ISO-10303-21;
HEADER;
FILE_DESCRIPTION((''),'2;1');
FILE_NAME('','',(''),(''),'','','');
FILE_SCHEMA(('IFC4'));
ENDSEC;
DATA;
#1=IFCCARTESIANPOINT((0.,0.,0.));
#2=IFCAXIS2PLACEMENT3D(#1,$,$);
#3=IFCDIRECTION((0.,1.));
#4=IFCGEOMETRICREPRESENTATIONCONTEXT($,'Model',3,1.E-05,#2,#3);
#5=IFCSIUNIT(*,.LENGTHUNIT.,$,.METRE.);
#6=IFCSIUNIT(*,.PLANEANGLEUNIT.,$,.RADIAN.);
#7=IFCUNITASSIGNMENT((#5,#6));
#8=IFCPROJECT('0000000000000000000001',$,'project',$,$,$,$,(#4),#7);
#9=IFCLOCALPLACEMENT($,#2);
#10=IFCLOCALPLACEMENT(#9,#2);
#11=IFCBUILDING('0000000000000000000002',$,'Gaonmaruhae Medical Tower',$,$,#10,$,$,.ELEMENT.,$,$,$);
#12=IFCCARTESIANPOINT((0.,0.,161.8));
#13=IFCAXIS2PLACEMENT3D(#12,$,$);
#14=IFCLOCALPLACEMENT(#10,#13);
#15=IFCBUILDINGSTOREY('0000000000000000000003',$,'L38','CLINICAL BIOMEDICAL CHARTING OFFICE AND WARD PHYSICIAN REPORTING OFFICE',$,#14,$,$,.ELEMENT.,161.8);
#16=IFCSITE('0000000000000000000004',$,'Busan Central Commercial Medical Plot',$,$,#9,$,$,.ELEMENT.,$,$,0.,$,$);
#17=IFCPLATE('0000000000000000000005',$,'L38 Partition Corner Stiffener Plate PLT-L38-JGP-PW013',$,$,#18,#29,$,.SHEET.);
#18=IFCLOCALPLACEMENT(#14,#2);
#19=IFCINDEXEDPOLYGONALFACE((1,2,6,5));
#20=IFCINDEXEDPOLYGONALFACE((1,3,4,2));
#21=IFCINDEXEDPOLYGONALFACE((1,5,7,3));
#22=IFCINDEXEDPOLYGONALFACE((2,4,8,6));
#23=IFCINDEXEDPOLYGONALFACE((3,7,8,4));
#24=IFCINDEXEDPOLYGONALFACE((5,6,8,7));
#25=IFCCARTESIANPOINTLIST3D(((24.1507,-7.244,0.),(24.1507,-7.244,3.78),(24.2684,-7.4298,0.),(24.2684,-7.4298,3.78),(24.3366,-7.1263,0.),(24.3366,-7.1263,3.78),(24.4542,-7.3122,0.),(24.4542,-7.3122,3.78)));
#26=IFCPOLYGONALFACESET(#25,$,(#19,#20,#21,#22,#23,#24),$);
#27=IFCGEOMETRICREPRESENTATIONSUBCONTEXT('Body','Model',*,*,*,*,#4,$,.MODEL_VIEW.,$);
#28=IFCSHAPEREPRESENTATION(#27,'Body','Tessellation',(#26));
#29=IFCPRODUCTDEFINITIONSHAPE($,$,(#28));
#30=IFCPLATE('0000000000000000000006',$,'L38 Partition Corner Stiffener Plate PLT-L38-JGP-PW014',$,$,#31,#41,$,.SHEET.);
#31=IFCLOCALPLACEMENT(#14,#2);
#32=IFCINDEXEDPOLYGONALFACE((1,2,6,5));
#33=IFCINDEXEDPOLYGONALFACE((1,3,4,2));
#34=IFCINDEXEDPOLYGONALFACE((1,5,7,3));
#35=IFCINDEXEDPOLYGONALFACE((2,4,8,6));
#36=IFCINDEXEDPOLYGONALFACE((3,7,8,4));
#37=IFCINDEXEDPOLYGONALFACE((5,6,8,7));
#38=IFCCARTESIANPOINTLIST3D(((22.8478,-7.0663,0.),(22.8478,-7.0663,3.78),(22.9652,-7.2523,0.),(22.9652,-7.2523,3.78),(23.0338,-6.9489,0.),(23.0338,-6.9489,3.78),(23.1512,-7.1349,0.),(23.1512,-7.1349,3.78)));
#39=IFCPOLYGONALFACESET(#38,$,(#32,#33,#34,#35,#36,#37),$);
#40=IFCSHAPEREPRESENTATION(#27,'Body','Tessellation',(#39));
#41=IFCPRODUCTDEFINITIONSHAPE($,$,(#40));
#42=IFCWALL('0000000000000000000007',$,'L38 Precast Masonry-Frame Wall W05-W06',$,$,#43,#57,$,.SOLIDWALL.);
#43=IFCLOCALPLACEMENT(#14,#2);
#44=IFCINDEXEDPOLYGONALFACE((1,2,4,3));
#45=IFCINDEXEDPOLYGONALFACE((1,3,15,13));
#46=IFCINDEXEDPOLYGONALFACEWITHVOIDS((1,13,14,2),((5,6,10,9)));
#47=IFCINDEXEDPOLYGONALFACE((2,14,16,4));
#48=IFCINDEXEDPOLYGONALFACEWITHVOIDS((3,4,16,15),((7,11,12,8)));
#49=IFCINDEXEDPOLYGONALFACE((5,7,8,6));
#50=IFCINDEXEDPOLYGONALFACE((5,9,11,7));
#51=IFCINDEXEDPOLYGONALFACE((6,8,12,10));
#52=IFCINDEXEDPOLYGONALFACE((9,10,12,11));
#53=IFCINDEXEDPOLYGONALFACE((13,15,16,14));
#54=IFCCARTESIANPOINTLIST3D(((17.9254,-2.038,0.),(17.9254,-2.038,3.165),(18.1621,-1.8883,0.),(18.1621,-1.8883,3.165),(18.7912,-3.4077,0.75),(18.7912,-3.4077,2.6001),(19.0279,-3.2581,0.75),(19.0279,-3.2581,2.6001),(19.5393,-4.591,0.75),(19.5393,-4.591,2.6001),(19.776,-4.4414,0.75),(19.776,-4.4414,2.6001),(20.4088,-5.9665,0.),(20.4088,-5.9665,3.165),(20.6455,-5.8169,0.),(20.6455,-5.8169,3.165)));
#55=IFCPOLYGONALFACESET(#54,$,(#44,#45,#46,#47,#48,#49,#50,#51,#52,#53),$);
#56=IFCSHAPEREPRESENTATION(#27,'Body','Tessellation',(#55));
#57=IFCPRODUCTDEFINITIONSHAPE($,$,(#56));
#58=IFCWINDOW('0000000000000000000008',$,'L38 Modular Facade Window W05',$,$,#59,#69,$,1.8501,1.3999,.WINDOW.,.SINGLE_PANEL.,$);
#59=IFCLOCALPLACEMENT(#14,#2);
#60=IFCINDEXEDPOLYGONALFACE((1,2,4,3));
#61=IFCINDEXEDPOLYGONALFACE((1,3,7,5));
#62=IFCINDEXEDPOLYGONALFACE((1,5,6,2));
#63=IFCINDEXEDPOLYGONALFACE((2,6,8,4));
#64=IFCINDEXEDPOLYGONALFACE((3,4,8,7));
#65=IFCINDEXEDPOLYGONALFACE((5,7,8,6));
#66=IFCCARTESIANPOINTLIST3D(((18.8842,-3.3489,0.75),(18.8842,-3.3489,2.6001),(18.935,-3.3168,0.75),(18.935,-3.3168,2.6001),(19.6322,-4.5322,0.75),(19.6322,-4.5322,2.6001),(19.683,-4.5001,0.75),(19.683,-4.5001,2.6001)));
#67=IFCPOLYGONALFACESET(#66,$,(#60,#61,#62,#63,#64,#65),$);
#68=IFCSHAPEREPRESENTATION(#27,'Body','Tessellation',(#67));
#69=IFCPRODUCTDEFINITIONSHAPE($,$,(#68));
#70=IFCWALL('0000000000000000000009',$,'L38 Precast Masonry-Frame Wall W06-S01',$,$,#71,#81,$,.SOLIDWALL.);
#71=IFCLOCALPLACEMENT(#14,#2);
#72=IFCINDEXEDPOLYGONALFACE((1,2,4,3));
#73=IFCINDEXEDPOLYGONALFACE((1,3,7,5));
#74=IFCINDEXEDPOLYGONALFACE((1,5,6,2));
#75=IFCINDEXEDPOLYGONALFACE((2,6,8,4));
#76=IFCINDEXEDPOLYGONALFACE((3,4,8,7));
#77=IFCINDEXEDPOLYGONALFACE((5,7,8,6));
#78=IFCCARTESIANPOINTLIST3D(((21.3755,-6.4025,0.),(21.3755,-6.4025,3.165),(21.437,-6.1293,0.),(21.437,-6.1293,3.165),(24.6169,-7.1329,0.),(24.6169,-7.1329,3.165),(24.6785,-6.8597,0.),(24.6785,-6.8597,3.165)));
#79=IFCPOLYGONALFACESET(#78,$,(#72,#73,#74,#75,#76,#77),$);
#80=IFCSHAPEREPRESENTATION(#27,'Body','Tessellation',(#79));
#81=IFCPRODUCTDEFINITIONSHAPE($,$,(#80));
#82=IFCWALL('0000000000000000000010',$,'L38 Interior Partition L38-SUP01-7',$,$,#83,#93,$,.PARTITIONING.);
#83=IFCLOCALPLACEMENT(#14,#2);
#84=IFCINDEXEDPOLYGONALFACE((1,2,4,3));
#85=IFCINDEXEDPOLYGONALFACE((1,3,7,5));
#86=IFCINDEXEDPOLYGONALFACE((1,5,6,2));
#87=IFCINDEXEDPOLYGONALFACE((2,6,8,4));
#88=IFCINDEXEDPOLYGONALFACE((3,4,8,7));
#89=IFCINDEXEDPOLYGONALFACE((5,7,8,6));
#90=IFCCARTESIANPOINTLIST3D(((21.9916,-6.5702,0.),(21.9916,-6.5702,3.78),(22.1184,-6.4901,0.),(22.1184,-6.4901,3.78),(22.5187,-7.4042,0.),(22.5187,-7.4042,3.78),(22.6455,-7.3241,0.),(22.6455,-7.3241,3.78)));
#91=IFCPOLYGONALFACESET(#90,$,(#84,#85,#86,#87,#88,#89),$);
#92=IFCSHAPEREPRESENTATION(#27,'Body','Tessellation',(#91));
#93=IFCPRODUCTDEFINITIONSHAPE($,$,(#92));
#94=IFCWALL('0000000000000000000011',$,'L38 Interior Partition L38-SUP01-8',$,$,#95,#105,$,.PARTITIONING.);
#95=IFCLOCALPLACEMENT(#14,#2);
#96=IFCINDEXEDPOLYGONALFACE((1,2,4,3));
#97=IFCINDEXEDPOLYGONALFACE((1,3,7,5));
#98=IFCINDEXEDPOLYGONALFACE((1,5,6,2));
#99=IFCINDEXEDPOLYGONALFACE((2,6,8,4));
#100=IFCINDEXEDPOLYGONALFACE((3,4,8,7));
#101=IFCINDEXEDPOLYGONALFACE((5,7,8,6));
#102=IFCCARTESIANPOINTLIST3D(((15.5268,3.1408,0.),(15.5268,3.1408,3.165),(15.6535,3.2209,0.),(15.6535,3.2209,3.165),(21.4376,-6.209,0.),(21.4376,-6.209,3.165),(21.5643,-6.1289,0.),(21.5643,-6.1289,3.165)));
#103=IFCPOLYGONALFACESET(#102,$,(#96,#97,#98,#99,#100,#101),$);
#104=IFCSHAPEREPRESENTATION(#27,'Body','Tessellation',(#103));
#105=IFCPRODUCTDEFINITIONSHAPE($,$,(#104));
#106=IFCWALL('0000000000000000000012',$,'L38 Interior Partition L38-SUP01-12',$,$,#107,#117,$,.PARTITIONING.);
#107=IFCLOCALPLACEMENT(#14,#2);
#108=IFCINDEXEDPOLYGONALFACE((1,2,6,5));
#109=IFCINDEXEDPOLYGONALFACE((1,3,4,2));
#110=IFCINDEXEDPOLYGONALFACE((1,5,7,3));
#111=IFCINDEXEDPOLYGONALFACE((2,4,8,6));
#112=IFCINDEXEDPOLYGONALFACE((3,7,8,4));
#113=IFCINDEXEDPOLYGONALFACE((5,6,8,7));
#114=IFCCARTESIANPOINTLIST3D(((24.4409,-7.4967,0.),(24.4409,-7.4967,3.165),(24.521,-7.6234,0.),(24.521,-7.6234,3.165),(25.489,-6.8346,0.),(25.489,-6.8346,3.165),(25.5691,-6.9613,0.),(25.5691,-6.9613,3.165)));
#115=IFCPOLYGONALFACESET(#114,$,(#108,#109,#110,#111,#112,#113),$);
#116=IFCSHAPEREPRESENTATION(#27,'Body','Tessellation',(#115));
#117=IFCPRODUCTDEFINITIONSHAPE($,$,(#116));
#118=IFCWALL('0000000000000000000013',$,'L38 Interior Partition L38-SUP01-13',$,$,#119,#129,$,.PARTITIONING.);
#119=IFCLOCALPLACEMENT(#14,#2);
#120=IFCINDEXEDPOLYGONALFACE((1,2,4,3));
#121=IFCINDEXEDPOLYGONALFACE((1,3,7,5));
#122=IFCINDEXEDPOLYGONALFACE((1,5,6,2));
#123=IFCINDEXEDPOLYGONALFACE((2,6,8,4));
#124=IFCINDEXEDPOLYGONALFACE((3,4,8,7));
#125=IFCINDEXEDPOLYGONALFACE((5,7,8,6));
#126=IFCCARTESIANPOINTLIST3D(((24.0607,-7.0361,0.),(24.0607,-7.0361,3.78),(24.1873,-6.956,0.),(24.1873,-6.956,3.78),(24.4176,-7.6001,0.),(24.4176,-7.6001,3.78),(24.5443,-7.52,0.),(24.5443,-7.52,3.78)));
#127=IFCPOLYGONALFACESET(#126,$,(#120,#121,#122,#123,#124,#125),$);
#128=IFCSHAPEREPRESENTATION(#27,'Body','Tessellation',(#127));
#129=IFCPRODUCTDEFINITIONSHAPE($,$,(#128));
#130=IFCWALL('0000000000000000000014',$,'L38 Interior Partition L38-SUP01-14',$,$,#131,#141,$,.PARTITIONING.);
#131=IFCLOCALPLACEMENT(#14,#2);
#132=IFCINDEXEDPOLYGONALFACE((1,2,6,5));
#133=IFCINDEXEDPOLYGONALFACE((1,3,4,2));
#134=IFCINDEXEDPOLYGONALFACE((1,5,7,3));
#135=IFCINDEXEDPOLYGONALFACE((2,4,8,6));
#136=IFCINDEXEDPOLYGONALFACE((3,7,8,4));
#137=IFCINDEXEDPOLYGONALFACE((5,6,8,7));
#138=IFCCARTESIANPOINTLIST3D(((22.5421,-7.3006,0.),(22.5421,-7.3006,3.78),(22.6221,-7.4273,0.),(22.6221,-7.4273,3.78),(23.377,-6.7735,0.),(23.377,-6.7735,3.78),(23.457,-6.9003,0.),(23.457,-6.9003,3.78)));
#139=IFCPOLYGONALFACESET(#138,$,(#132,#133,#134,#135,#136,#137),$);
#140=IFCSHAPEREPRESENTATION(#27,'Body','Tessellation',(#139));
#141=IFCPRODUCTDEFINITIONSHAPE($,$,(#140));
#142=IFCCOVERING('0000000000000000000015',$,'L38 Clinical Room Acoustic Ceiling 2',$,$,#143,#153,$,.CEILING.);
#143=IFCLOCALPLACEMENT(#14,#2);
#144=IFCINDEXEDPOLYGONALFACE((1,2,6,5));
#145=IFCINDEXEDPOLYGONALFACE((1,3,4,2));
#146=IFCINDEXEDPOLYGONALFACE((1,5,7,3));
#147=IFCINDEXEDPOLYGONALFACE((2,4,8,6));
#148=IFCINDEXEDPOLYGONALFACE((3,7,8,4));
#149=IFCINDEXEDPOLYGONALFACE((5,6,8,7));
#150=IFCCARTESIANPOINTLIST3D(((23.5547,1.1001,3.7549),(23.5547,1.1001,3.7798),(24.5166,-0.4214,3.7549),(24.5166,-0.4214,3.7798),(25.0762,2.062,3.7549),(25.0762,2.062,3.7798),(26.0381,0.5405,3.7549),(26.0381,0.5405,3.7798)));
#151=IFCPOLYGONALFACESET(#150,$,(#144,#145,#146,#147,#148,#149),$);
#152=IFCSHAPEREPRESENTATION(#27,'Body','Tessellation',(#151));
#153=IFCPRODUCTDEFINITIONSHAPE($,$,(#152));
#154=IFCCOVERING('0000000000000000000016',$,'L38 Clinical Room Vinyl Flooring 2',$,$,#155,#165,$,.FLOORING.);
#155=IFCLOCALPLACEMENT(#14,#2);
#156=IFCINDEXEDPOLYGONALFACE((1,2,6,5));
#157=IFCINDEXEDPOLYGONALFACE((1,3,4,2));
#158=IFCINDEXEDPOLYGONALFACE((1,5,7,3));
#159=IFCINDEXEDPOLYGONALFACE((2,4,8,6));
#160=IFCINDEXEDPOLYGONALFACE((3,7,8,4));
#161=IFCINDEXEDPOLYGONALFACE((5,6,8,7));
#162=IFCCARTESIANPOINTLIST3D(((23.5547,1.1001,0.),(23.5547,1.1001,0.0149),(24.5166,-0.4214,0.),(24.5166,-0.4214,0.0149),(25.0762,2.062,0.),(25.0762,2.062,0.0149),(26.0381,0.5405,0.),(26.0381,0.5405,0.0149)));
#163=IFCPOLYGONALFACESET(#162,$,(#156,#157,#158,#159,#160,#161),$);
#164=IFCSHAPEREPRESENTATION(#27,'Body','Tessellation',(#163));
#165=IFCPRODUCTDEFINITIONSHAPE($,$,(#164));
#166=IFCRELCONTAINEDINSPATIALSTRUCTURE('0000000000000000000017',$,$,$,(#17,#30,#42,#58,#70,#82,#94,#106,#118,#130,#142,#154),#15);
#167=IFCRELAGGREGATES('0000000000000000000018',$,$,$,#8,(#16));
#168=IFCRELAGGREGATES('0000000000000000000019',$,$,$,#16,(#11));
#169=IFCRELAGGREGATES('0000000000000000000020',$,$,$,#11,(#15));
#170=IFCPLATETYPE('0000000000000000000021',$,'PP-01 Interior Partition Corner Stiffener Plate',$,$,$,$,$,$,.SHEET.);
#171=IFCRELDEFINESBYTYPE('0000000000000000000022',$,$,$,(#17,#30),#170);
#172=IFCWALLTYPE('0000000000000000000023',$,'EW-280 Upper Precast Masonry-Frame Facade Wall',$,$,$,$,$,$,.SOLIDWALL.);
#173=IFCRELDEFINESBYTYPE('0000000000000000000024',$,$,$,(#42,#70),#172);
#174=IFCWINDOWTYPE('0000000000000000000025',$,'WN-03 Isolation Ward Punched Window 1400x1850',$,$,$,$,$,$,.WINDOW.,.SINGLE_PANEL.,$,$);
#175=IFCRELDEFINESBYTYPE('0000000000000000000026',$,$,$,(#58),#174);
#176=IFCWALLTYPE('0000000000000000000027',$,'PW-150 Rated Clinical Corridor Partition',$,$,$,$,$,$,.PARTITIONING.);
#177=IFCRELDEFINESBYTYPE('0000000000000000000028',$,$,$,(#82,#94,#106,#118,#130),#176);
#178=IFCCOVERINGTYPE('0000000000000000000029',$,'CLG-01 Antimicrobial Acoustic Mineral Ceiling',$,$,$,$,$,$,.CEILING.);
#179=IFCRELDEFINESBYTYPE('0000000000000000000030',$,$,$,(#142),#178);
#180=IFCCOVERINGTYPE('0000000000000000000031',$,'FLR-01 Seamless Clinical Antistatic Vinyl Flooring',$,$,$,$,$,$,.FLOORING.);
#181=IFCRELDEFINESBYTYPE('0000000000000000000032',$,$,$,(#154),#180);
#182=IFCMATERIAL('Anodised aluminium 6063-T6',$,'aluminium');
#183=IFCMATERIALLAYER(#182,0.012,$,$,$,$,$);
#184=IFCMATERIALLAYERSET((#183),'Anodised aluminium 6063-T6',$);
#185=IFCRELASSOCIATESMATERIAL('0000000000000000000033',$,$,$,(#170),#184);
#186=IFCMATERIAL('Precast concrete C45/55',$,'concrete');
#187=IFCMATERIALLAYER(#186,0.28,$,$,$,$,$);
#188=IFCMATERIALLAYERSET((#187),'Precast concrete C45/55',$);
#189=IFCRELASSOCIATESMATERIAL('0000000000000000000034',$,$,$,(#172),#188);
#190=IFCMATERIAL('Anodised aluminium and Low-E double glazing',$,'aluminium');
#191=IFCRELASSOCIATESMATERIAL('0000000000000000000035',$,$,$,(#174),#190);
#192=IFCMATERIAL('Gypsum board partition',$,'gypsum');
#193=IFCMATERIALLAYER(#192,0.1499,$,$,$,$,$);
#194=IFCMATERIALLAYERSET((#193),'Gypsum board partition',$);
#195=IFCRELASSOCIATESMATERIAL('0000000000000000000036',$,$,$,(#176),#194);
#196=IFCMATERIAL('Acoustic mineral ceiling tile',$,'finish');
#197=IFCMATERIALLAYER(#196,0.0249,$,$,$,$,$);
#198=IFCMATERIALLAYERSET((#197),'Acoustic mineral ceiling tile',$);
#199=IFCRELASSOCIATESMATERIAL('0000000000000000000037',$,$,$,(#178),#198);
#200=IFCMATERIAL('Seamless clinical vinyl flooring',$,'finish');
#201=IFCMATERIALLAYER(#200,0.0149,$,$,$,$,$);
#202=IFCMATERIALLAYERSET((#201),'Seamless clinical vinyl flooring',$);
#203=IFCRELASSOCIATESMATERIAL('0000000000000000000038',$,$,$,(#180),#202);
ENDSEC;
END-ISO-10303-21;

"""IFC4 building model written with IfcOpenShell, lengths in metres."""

from ifc_helpers import new_model, si_unit, direction, frame, frame_2d, origin, origin_2d, place, context, subcontext, project, spatial, rectangle, extrude, material, layer, layer_set, type_object, element, fill, save


model = new_model("IFC4")

# Units and contexts
model_context = context("Model", 3, precision=1e-05, world=origin(), true_north=direction((0.0, 1.0)))
body_context = subcontext(model_context, "Body", "Model", "MODEL_VIEW")
ifc_project = project(units=[si_unit("LENGTHUNIT", "METRE"), si_unit("PLANEANGLEUNIT", "RADIAN")], contexts=[model_context])

# Site, building, storey
site_placement = place(None, origin())
site = spatial("IfcSite", under=ifc_project, at=site_placement, Name="Busan Central Commercial Medical Plot", CompositionType="ELEMENT", RefElevation=0.0)
building_placement = place(site_placement, origin())
building = spatial("IfcBuilding", under=site, at=building_placement, Name="Gaonmaruhae Medical Tower", CompositionType="ELEMENT")
storey_placement = place(building_placement, frame((0.0, 0.0, 161.8)))
storey = spatial("IfcBuildingStorey", under=building, at=storey_placement, Name="L38", Description="CLINICAL BIOMEDICAL CHARTING OFFICE AND WARD PHYSICIAN REPORTING OFFICE", CompositionType="ELEMENT", Elevation=161.8)

# Plates
ifc_material_1 = material(Name="Anodised aluminium 6063-T6", Category="aluminium")
ifc_layer_1 = layer(ifc_material_1, 0.012)
ifc_layer_set_1 = layer_set([ifc_layer_1], Name="Anodised aluminium 6063-T6")
plate_type = type_object("IfcPlateType", Name="PP-01 Interior Partition Corner Stiffener Plate", PredefinedType="SHEET", material=ifc_layer_set_1)
for number, where, z_axis, x_axis, name in (
    (1, (24.3025, -7.2781, 0.0), (0.0, 0.0, 1.0), (-0.534839, 0.844954, 0.0), "L38 Partition Corner Stiffener Plate PLT-L38-JGP-PW013"),
    (2, (22.9995, -7.1006, 0.0), (0.0, 0.0, 1.0), (-0.845653, -0.533733, 0.0), "L38 Partition Corner Stiffener Plate PLT-L38-JGP-PW014"),
):
    element("IfcPlate", number, at=place(storey_placement, frame(where, z_axis=z_axis, x_axis=x_axis)), inside=storey, type_object=plate_type, Name=name, PredefinedType="SHEET", context=body_context, shape_type="SweptSolid", body=[
        extrude(rectangle(XDim=0.22, YDim=0.22, at=origin_2d()), origin(), (0.0, 0.0, 1.0), 3.78),
    ])

# Wall, opening, window
ifc_material_2 = material(Name="Precast concrete C45/55", Category="concrete")
ifc_layer_2 = layer(ifc_material_2, 0.28)
ifc_layer_set_2 = layer_set([ifc_layer_2], Name="Precast concrete C45/55")
wall_type_1 = type_object("IfcWallType", Name="EW-280 Upper Precast Masonry-Frame Facade Wall", PredefinedType="SOLIDWALL", material=ifc_layer_set_2)
wall_1_placement = place(storey_placement, frame((20.5271, -5.8916, 0.0), z_axis=(0.0, 0.0, 1.0), x_axis=(-0.534341, 0.845269, 0.0)))
wall_1 = element("IfcWall", 3, at=wall_1_placement, inside=storey, type_object=wall_type_1, Name="L38 Precast Masonry-Frame Wall W05-W06", PredefinedType="SOLIDWALL", context=body_context, shape_type="SweptSolid", body=[
    extrude(rectangle(XDim=4.6477, YDim=0.28, at=frame_2d((2.3237, 0.0))), origin(), (0.0, 0.0, 1.0), 3.165),
])
opening_placement = place(wall_1_placement, frame((1.6272, 0.0, 0.75)))
opening = element("IfcOpeningElement", 4, at=opening_placement, cuts=wall_1, PredefinedType="OPENING", context=body_context, shape_type="SweptSolid", body=[
    extrude(rectangle(XDim=1.3999, YDim=1.8501, at=frame_2d((0.7, 0.925))), frame((0.0, 0.1499, 0.0), z_axis=(0.0, -1.0, 0.0), x_axis=(1.0, 0.0, 0.0)), (0.0, 0.0, 1.0), 0.3),
])
ifc_material_3 = material(Name="Anodised aluminium and Low-E double glazing", Category="aluminium")
window_type = type_object("IfcWindowType", Name="WN-03 Isolation Ward Punched Window 1400x1850", PartitioningType="SINGLE_PANEL", PredefinedType="WINDOW", material=ifc_material_3)
window_placement = place(opening_placement, origin())
window = element("IfcWindow", 5, at=window_placement, inside=storey, type_object=window_type, Name="L38 Modular Facade Window W05", OverallHeight=1.8501, OverallWidth=1.3999, PartitioningType="SINGLE_PANEL", PredefinedType="WINDOW", context=body_context, shape_type="SweptSolid", body=[
    extrude(rectangle(XDim=1.3999, YDim=1.8501, at=frame_2d((0.7, 0.925))), frame((0.0, 0.03, 0.0), z_axis=(0.0, -1.0, 0.0), x_axis=(1.0, 0.0, 0.0)), (0.0, 0.0, 1.0), 0.0601),
])
fill(opening, window)

# Walls
wall_2_placement = place(storey_placement, frame((24.6477, -6.9963, 0.0), z_axis=(0.0, 0.0, 1.0), x_axis=(-0.975536, 0.219839, 0.0)))
element("IfcWall", 6, at=wall_2_placement, inside=storey, type_object=wall_type_1, Name="L38 Precast Masonry-Frame Wall W06-S01", PredefinedType="SOLIDWALL", context=body_context, shape_type="SweptSolid", body=[
    extrude(rectangle(XDim=3.3228, YDim=0.28, at=frame_2d((1.6614, 0.0))), origin(), (0.0, 0.0, 1.0), 3.165),
])
ifc_material_4 = material(Name="Gypsum board partition", Category="gypsum")
ifc_layer_3 = layer(ifc_material_4, 0.1499)
ifc_layer_set_3 = layer_set([ifc_layer_3], Name="Gypsum board partition")
wall_type_2 = type_object("IfcWallType", Name="PW-150 Rated Clinical Corridor Partition", PredefinedType="PARTITIONING", material=ifc_layer_set_3)
wall_3_placement = place(storey_placement, frame((22.582, -7.364, 0.0), z_axis=(0.0, 0.0, 1.0), x_axis=(-0.534263, 0.845318, 0.0)))
element("IfcWall", 7, at=wall_3_placement, inside=storey, type_object=wall_type_2, Name="L38 Interior Partition L38-SUP01-7", PredefinedType="PARTITIONING", context=body_context, shape_type="SweptSolid", body=[
    extrude(rectangle(XDim=0.9866, YDim=0.1499, at=frame_2d((0.4932, 0.0))), origin(), (0.0, 0.0, 1.0), 3.78),
])
wall_4_placement = place(storey_placement, frame((21.501, -6.1689, 0.0), z_axis=(0.0, 0.0, 1.0), x_axis=(-0.534362, 0.845255, 0.0)))
element("IfcWall", 8, at=wall_4_placement, inside=storey, type_object=wall_type_2, Name="L38 Interior Partition L38-SUP01-8", PredefinedType="PARTITIONING", context=body_context, shape_type="SweptSolid", body=[
    extrude(rectangle(XDim=11.0615, YDim=0.1499, at=frame_2d((5.5308, 0.0))), origin(), (0.0, 0.0, 1.0), 3.165),
])
wall_5_placement = place(storey_placement, frame((25.5291, -6.8979, 0.0), z_axis=(0.0, 0.0, 1.0), x_axis=(-0.845433, -0.534082, 0.0)))
element("IfcWall", 9, at=wall_5_placement, inside=storey, type_object=wall_type_2, Name="L38 Interior Partition L38-SUP01-12", PredefinedType="PARTITIONING", context=body_context, shape_type="SweptSolid", body=[
    extrude(rectangle(XDim=1.2397, YDim=0.1499, at=frame_2d((0.6199, 0.0))), origin(), (0.0, 0.0, 1.0), 3.165),
])
wall_6_placement = place(storey_placement, frame((24.481, -7.5601, 0.0), z_axis=(0.0, 0.0, 1.0), x_axis=(-0.534791, 0.844984, 0.0)))
element("IfcWall", 10, at=wall_6_placement, inside=storey, type_object=wall_type_2, Name="L38 Interior Partition L38-SUP01-13", PredefinedType="PARTITIONING", context=body_context, shape_type="SweptSolid", body=[
    extrude(rectangle(XDim=0.6675, YDim=0.1499, at=frame_2d((0.3337, 0.0))), origin(), (0.0, 0.0, 1.0), 3.78),
])
wall_7_placement = place(storey_placement, frame((23.417, -6.8369, 0.0), z_axis=(0.0, 0.0, 1.0), x_axis=(-0.845601, -0.533816, 0.0)))
element("IfcWall", 11, at=wall_7_placement, inside=storey, type_object=wall_type_2, Name="L38 Interior Partition L38-SUP01-14", PredefinedType="PARTITIONING", context=body_context, shape_type="SweptSolid", body=[
    extrude(rectangle(XDim=0.9873, YDim=0.1499, at=frame_2d((0.4937, 0.0))), origin(), (0.0, 0.0, 1.0), 3.78),
])

# Coverings
ifc_material_5 = material(Name="Acoustic mineral ceiling tile", Category="finish")
ifc_layer_4 = layer(ifc_material_5, 0.0249)
ifc_layer_set_4 = layer_set([ifc_layer_4], Name="Acoustic mineral ceiling tile")
covering_type_1 = type_object("IfcCoveringType", Name="CLG-01 Antimicrobial Acoustic Mineral Ceiling", PredefinedType="CEILING", material=ifc_layer_set_4)
covering_1_placement = place(storey_placement, frame((24.7964, 0.8203, 3.7549), z_axis=(0.0, 0.0, 1.0), x_axis=(0.845262, 0.534352, 0.0)))
element("IfcCovering", 12, at=covering_1_placement, inside=storey, type_object=covering_type_1, Name="L38 Clinical Room Acoustic Ceiling 2", PredefinedType="CEILING", context=body_context, shape_type="SweptSolid", body=[
    extrude(rectangle(XDim=1.8, YDim=1.8, at=origin_2d()), origin(), (0.0, 0.0, 1.0), 0.0249),
])
ifc_material_6 = material(Name="Seamless clinical vinyl flooring", Category="finish")
ifc_layer_5 = layer(ifc_material_6, 0.0149)
ifc_layer_set_5 = layer_set([ifc_layer_5], Name="Seamless clinical vinyl flooring")
covering_type_2 = type_object("IfcCoveringType", Name="FLR-01 Seamless Clinical Antistatic Vinyl Flooring", PredefinedType="FLOORING", material=ifc_layer_set_5)
covering_2_placement = place(storey_placement, frame((24.7964, 0.8203, 0.0), z_axis=(0.0, 0.0, 1.0), x_axis=(0.845262, 0.534352, 0.0)))
element("IfcCovering", 13, at=covering_2_placement, inside=storey, type_object=covering_type_2, Name="L38 Clinical Room Vinyl Flooring 2", PredefinedType="FLOORING", context=body_context, shape_type="SweptSolid", body=[
    extrude(rectangle(XDim=1.8, YDim=1.8, at=origin_2d()), origin(), (0.0, 0.0, 1.0), 0.0149),
])

save(model, "model.ifc")
